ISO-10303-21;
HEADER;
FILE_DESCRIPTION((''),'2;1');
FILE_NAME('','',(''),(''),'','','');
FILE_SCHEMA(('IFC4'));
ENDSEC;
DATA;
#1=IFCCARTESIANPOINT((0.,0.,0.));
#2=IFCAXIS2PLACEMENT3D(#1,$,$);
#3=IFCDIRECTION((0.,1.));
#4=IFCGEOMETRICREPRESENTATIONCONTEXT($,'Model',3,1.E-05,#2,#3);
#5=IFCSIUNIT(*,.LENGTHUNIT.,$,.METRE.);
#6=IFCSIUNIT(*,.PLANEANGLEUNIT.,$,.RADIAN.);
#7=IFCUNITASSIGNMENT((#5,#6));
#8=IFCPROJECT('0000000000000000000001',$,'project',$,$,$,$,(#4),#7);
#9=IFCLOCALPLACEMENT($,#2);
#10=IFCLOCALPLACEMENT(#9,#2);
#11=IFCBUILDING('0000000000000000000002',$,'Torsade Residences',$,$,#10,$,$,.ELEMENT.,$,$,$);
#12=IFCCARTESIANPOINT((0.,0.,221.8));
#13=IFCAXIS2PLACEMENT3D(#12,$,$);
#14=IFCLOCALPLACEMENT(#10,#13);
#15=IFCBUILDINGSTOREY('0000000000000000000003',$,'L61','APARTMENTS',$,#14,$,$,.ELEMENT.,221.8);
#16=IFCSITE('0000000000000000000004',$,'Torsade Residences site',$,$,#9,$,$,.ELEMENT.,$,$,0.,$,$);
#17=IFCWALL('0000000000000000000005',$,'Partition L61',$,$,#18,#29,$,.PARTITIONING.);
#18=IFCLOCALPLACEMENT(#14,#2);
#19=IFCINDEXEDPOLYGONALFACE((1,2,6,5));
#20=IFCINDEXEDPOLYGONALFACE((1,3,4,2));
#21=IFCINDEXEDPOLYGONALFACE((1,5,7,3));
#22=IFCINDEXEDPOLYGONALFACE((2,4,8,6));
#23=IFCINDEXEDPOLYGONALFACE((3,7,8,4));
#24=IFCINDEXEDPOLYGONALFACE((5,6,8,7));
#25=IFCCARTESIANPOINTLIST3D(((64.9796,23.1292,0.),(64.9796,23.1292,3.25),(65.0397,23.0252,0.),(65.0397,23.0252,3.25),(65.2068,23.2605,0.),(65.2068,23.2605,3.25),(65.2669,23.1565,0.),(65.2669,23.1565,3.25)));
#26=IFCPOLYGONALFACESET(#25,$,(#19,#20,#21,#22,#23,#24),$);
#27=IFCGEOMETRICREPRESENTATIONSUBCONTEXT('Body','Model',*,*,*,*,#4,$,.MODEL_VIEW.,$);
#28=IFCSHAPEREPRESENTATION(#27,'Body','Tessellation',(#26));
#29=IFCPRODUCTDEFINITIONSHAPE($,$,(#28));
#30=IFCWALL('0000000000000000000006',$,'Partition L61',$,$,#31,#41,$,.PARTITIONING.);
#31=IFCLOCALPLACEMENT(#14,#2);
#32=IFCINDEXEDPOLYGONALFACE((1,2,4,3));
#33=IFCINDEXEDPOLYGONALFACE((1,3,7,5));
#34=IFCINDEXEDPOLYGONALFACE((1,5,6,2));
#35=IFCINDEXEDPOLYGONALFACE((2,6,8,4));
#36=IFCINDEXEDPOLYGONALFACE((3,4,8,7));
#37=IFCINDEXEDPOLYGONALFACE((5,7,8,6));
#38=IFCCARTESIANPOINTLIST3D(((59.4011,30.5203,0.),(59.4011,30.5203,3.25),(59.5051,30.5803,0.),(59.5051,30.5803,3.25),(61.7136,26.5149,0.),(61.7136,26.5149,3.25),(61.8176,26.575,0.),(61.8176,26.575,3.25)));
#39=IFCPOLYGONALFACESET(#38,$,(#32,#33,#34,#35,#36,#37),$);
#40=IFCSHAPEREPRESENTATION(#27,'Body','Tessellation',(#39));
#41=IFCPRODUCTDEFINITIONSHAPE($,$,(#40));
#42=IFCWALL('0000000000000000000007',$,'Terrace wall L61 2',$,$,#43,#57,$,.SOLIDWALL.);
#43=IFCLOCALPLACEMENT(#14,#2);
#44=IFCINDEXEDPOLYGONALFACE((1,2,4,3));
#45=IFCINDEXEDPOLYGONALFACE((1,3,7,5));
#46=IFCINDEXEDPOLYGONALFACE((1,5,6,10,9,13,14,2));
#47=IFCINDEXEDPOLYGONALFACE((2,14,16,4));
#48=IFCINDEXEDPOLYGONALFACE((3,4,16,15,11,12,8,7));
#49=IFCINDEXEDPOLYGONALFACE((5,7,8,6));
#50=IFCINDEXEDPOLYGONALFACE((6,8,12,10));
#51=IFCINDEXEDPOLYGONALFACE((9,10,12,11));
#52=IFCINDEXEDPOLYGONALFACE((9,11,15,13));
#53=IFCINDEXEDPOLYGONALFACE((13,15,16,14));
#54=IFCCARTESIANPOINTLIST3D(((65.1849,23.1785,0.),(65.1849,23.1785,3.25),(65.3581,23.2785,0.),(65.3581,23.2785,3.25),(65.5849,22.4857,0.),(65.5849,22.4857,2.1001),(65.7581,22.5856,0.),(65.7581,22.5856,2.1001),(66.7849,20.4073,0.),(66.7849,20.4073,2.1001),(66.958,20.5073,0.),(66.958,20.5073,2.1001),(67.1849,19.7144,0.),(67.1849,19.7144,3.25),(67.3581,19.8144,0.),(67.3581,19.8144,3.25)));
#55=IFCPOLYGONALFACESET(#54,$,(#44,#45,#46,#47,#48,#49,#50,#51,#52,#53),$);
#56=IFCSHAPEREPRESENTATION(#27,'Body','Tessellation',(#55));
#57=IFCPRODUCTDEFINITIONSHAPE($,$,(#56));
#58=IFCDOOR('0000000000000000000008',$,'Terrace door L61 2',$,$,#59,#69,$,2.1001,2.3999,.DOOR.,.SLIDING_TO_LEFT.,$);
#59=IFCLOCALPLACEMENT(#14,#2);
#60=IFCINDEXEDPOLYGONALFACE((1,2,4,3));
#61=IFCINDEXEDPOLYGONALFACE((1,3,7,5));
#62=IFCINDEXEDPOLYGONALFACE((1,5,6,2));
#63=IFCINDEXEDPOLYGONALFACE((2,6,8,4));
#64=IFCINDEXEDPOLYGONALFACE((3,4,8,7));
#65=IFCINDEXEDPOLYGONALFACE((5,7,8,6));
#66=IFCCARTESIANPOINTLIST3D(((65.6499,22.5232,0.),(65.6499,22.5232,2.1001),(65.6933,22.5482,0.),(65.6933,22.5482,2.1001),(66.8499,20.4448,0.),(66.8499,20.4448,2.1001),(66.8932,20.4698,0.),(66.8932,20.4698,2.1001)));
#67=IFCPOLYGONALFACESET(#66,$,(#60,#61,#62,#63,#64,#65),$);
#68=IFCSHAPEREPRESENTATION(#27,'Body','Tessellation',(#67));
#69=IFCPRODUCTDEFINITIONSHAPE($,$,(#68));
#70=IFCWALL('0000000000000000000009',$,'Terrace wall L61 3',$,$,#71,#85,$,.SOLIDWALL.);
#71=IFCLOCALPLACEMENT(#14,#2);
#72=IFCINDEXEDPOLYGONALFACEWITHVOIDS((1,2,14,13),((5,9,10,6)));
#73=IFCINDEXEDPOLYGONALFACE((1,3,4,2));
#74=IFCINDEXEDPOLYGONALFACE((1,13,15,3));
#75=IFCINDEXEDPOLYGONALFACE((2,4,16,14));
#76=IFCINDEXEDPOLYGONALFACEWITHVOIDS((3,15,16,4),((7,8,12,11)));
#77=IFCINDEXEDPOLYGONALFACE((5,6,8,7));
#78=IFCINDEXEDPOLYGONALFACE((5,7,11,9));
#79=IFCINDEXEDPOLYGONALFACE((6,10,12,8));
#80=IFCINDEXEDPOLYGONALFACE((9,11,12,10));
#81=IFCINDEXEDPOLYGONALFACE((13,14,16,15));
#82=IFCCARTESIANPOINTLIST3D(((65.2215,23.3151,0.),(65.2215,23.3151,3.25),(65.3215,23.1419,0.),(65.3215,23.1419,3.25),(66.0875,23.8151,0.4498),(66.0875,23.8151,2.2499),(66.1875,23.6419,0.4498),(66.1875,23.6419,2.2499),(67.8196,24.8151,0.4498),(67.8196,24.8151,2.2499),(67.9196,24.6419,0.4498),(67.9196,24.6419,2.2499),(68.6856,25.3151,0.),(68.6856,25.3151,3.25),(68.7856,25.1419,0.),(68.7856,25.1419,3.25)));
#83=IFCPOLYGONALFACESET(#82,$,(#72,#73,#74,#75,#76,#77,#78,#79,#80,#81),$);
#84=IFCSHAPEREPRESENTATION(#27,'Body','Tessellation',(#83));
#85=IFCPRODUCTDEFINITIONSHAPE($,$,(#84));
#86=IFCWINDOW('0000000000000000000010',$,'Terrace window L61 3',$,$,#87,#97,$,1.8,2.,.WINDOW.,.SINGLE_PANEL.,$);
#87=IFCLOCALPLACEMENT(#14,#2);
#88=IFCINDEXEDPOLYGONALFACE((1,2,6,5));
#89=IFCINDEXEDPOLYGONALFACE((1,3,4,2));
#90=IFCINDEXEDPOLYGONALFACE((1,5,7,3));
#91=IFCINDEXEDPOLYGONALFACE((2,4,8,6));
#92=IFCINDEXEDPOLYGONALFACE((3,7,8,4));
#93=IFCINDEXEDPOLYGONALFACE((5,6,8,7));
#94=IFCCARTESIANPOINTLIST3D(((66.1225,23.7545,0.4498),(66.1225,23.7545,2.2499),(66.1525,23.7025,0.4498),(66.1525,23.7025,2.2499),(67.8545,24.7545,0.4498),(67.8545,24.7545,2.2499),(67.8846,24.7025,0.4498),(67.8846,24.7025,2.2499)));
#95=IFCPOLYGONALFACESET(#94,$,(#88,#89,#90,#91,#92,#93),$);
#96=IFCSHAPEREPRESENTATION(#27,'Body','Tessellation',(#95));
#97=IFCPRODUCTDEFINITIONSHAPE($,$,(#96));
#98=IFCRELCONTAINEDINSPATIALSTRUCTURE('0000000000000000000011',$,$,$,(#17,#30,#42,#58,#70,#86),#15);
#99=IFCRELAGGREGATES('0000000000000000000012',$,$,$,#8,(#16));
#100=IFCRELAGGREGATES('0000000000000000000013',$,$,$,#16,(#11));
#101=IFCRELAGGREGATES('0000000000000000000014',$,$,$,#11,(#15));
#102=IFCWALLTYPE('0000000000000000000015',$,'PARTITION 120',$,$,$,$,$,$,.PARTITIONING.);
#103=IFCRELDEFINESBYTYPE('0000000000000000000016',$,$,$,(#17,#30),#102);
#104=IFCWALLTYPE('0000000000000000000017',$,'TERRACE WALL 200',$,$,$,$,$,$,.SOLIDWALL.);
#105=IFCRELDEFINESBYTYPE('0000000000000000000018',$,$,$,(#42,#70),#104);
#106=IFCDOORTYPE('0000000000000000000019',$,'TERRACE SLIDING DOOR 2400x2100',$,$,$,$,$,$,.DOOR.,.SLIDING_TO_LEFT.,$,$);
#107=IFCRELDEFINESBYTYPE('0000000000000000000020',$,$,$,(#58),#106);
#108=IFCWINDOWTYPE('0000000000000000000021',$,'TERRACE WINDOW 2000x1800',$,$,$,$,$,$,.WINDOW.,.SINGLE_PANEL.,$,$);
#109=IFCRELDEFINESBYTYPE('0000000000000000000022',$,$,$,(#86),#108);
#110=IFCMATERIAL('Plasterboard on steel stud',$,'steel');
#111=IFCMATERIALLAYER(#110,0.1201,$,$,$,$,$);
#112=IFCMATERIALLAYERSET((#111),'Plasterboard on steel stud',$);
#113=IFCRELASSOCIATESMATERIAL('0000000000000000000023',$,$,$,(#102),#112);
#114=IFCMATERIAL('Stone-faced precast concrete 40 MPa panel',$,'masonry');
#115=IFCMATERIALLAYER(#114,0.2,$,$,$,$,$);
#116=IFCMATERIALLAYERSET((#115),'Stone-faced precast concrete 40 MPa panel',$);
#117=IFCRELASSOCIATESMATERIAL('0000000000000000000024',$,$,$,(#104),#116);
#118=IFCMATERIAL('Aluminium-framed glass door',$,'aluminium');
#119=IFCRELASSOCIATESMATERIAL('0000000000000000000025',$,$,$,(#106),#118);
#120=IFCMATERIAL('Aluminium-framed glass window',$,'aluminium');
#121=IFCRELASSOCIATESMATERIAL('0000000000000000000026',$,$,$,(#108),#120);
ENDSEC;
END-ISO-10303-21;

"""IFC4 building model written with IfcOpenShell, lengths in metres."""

from ifc_helpers import new_model, si_unit, direction, frame, frame_2d, origin, place, context, subcontext, project, spatial, rectangle, extrude, material, layer, layer_set, type_object, element, fill, save


model = new_model("IFC4")

# Units and contexts
model_context = context("Model", 3, precision=1e-05, world=origin(), true_north=direction((0.0, 1.0)))
body_context = subcontext(model_context, "Body", "Model", "MODEL_VIEW")
ifc_project = project(units=[si_unit("LENGTHUNIT", "METRE"), si_unit("PLANEANGLEUNIT", "RADIAN")], contexts=[model_context])

# Site, building, storey
site_placement = place(None, origin())
site = spatial("IfcSite", under=ifc_project, at=site_placement, Name="Torsade Residences site", CompositionType="ELEMENT", RefElevation=0.0)
building_placement = place(site_placement, origin())
building = spatial("IfcBuilding", under=site, at=building_placement, Name="Torsade Residences", CompositionType="ELEMENT")
storey_placement = place(building_placement, frame((0.0, 0.0, 221.8)))
storey = spatial("IfcBuildingStorey", under=building, at=storey_placement, Name="L61", Description="APARTMENTS", CompositionType="ELEMENT", Elevation=221.8)

# Walls
ifc_material_1 = material(Name="Plasterboard on steel stud", Category="steel")
ifc_layer_1 = layer(ifc_material_1, 0.1201)
ifc_layer_set_1 = layer_set([ifc_layer_1], Name="Plasterboard on steel stud")
wall_type_1 = type_object("IfcWallType", Name="PARTITION 120", PredefinedType="PARTITIONING", material=ifc_layer_set_1)
wall_1_placement = place(storey_placement, frame((65.0095, 23.0771, 0.0), z_axis=(0.0, 0.0, 1.0), x_axis=(0.865829, 0.50034, 0.0)))
element("IfcWall", 1, at=wall_1_placement, inside=storey, type_object=wall_type_1, Name="Partition L61", PredefinedType="PARTITIONING", context=body_context, shape_type="SweptSolid", body=[
    extrude(rectangle(XDim=0.2625, YDim=0.1201, at=frame_2d((0.1313, 0.0))), origin(), (0.0, 0.0, 1.0), 3.25),
])
wall_2_placement = place(storey_placement, frame((61.7656, 26.5449, 0.0), z_axis=(0.0, 0.0, 1.0), x_axis=(-0.5, 0.866026, 0.0)))
element("IfcWall", 2, at=wall_2_placement, inside=storey, type_object=wall_type_1, Name="Partition L61", PredefinedType="PARTITIONING", context=body_context, shape_type="SweptSolid", body=[
    extrude(rectangle(XDim=4.625, YDim=0.1201, at=frame_2d((2.3125, 0.0))), origin(), (0.0, 0.0, 1.0), 3.25),
])

# Wall, opening, door
ifc_material_2 = material(Name="Stone-faced precast concrete 40 MPa panel", Category="masonry")
ifc_layer_2 = layer(ifc_material_2, 0.2)
ifc_layer_set_2 = layer_set([ifc_layer_2], Name="Stone-faced precast concrete 40 MPa panel")
wall_type_2 = type_object("IfcWallType", Name="TERRACE WALL 200", PredefinedType="SOLIDWALL", material=ifc_layer_set_2)
wall_3_placement = place(storey_placement, frame((67.2715, 19.7644, 0.0), z_axis=(0.0, 0.0, 1.0), x_axis=(-0.499999, 0.866026, 0.0)))
wall_3 = element("IfcWall", 3, at=wall_3_placement, inside=storey, type_object=wall_type_2, Name="Terrace wall L61 2", PredefinedType="SOLIDWALL", context=body_context, shape_type="SweptSolid", body=[
    extrude(rectangle(XDim=4.0, YDim=0.2, at=frame_2d((2.0, 0.0))), origin(), (0.0, 0.0, 1.0), 3.25),
])
opening_1_placement = place(wall_3_placement, frame((0.8, 0.0, 0.0)))
opening_1 = element("IfcOpeningElement", 4, at=opening_1_placement, cuts=wall_3, PredefinedType="OPENING", context=body_context, shape_type="SweptSolid", body=[
    extrude(rectangle(XDim=2.3999, YDim=2.1001, at=frame_2d((1.2, 1.05))), frame((0.0, 0.1099, 0.0), z_axis=(0.0, -1.0, 0.0), x_axis=(1.0, 0.0, 0.0)), (0.0, 0.0, 1.0), 0.22),
])
ifc_material_3 = material(Name="Aluminium-framed glass door", Category="aluminium")
door_type = type_object("IfcDoorType", Name="TERRACE SLIDING DOOR 2400x2100", OperationType="SLIDING_TO_LEFT", PredefinedType="DOOR", material=ifc_material_3)
door_placement = place(opening_1_placement, origin())
door = element("IfcDoor", 5, at=door_placement, inside=storey, type_object=door_type, Name="Terrace door L61 2", OperationType="SLIDING_TO_LEFT", OverallHeight=2.1001, OverallWidth=2.3999, PredefinedType="DOOR", context=body_context, shape_type="SweptSolid", body=[
    extrude(rectangle(XDim=2.3999, YDim=2.1001, at=frame_2d((1.2, 1.05))), frame((0.0, 0.0249, 0.0), z_axis=(0.0, -1.0, 0.0), x_axis=(1.0, 0.0, 0.0)), (0.0, 0.0, 1.0), 0.05),
])
fill(opening_1, door)

# Wall, opening, window
wall_4_placement = place(storey_placement, frame((65.2715, 23.2285, 0.0), z_axis=(0.0, 0.0, 1.0), x_axis=(0.866026, 0.499999, 0.0)))
wall_4 = element("IfcWall", 6, at=wall_4_placement, inside=storey, type_object=wall_type_2, Name="Terrace wall L61 3", PredefinedType="SOLIDWALL", context=body_context, shape_type="SweptSolid", body=[
    extrude(rectangle(XDim=4.0, YDim=0.2, at=frame_2d((2.0, 0.0))), origin(), (0.0, 0.0, 1.0), 3.25),
])
opening_2_placement = place(wall_4_placement, frame((1.0, 0.0, 0.45)))
opening_2 = element("IfcOpeningElement", 7, at=opening_2_placement, cuts=wall_4, PredefinedType="OPENING", context=body_context, shape_type="SweptSolid", body=[
    extrude(rectangle(XDim=2.0, YDim=1.8, at=frame_2d((1.0, 0.8999))), frame((0.0, 0.1099, 0.0), z_axis=(0.0, -1.0, 0.0), x_axis=(1.0, 0.0, 0.0)), (0.0, 0.0, 1.0), 0.22),
])
ifc_material_4 = material(Name="Aluminium-framed glass window", Category="aluminium")
window_type = type_object("IfcWindowType", Name="TERRACE WINDOW 2000x1800", PartitioningType="SINGLE_PANEL", PredefinedType="WINDOW", material=ifc_material_4)
window_placement = place(opening_2_placement, origin())
window = element("IfcWindow", 8, at=window_placement, inside=storey, type_object=window_type, Name="Terrace window L61 3", OverallHeight=1.8, OverallWidth=2.0, PartitioningType="SINGLE_PANEL", PredefinedType="WINDOW", context=body_context, shape_type="SweptSolid", body=[
    extrude(rectangle(XDim=2.0, YDim=1.8, at=frame_2d((1.0, 0.8999))), frame((0.0, 0.03, 0.0), z_axis=(0.0, -1.0, 0.0), x_axis=(1.0, 0.0, 0.0)), (0.0, 0.0, 1.0), 0.0601),
])
fill(opening_2, window)

save(model, "model.ifc")
